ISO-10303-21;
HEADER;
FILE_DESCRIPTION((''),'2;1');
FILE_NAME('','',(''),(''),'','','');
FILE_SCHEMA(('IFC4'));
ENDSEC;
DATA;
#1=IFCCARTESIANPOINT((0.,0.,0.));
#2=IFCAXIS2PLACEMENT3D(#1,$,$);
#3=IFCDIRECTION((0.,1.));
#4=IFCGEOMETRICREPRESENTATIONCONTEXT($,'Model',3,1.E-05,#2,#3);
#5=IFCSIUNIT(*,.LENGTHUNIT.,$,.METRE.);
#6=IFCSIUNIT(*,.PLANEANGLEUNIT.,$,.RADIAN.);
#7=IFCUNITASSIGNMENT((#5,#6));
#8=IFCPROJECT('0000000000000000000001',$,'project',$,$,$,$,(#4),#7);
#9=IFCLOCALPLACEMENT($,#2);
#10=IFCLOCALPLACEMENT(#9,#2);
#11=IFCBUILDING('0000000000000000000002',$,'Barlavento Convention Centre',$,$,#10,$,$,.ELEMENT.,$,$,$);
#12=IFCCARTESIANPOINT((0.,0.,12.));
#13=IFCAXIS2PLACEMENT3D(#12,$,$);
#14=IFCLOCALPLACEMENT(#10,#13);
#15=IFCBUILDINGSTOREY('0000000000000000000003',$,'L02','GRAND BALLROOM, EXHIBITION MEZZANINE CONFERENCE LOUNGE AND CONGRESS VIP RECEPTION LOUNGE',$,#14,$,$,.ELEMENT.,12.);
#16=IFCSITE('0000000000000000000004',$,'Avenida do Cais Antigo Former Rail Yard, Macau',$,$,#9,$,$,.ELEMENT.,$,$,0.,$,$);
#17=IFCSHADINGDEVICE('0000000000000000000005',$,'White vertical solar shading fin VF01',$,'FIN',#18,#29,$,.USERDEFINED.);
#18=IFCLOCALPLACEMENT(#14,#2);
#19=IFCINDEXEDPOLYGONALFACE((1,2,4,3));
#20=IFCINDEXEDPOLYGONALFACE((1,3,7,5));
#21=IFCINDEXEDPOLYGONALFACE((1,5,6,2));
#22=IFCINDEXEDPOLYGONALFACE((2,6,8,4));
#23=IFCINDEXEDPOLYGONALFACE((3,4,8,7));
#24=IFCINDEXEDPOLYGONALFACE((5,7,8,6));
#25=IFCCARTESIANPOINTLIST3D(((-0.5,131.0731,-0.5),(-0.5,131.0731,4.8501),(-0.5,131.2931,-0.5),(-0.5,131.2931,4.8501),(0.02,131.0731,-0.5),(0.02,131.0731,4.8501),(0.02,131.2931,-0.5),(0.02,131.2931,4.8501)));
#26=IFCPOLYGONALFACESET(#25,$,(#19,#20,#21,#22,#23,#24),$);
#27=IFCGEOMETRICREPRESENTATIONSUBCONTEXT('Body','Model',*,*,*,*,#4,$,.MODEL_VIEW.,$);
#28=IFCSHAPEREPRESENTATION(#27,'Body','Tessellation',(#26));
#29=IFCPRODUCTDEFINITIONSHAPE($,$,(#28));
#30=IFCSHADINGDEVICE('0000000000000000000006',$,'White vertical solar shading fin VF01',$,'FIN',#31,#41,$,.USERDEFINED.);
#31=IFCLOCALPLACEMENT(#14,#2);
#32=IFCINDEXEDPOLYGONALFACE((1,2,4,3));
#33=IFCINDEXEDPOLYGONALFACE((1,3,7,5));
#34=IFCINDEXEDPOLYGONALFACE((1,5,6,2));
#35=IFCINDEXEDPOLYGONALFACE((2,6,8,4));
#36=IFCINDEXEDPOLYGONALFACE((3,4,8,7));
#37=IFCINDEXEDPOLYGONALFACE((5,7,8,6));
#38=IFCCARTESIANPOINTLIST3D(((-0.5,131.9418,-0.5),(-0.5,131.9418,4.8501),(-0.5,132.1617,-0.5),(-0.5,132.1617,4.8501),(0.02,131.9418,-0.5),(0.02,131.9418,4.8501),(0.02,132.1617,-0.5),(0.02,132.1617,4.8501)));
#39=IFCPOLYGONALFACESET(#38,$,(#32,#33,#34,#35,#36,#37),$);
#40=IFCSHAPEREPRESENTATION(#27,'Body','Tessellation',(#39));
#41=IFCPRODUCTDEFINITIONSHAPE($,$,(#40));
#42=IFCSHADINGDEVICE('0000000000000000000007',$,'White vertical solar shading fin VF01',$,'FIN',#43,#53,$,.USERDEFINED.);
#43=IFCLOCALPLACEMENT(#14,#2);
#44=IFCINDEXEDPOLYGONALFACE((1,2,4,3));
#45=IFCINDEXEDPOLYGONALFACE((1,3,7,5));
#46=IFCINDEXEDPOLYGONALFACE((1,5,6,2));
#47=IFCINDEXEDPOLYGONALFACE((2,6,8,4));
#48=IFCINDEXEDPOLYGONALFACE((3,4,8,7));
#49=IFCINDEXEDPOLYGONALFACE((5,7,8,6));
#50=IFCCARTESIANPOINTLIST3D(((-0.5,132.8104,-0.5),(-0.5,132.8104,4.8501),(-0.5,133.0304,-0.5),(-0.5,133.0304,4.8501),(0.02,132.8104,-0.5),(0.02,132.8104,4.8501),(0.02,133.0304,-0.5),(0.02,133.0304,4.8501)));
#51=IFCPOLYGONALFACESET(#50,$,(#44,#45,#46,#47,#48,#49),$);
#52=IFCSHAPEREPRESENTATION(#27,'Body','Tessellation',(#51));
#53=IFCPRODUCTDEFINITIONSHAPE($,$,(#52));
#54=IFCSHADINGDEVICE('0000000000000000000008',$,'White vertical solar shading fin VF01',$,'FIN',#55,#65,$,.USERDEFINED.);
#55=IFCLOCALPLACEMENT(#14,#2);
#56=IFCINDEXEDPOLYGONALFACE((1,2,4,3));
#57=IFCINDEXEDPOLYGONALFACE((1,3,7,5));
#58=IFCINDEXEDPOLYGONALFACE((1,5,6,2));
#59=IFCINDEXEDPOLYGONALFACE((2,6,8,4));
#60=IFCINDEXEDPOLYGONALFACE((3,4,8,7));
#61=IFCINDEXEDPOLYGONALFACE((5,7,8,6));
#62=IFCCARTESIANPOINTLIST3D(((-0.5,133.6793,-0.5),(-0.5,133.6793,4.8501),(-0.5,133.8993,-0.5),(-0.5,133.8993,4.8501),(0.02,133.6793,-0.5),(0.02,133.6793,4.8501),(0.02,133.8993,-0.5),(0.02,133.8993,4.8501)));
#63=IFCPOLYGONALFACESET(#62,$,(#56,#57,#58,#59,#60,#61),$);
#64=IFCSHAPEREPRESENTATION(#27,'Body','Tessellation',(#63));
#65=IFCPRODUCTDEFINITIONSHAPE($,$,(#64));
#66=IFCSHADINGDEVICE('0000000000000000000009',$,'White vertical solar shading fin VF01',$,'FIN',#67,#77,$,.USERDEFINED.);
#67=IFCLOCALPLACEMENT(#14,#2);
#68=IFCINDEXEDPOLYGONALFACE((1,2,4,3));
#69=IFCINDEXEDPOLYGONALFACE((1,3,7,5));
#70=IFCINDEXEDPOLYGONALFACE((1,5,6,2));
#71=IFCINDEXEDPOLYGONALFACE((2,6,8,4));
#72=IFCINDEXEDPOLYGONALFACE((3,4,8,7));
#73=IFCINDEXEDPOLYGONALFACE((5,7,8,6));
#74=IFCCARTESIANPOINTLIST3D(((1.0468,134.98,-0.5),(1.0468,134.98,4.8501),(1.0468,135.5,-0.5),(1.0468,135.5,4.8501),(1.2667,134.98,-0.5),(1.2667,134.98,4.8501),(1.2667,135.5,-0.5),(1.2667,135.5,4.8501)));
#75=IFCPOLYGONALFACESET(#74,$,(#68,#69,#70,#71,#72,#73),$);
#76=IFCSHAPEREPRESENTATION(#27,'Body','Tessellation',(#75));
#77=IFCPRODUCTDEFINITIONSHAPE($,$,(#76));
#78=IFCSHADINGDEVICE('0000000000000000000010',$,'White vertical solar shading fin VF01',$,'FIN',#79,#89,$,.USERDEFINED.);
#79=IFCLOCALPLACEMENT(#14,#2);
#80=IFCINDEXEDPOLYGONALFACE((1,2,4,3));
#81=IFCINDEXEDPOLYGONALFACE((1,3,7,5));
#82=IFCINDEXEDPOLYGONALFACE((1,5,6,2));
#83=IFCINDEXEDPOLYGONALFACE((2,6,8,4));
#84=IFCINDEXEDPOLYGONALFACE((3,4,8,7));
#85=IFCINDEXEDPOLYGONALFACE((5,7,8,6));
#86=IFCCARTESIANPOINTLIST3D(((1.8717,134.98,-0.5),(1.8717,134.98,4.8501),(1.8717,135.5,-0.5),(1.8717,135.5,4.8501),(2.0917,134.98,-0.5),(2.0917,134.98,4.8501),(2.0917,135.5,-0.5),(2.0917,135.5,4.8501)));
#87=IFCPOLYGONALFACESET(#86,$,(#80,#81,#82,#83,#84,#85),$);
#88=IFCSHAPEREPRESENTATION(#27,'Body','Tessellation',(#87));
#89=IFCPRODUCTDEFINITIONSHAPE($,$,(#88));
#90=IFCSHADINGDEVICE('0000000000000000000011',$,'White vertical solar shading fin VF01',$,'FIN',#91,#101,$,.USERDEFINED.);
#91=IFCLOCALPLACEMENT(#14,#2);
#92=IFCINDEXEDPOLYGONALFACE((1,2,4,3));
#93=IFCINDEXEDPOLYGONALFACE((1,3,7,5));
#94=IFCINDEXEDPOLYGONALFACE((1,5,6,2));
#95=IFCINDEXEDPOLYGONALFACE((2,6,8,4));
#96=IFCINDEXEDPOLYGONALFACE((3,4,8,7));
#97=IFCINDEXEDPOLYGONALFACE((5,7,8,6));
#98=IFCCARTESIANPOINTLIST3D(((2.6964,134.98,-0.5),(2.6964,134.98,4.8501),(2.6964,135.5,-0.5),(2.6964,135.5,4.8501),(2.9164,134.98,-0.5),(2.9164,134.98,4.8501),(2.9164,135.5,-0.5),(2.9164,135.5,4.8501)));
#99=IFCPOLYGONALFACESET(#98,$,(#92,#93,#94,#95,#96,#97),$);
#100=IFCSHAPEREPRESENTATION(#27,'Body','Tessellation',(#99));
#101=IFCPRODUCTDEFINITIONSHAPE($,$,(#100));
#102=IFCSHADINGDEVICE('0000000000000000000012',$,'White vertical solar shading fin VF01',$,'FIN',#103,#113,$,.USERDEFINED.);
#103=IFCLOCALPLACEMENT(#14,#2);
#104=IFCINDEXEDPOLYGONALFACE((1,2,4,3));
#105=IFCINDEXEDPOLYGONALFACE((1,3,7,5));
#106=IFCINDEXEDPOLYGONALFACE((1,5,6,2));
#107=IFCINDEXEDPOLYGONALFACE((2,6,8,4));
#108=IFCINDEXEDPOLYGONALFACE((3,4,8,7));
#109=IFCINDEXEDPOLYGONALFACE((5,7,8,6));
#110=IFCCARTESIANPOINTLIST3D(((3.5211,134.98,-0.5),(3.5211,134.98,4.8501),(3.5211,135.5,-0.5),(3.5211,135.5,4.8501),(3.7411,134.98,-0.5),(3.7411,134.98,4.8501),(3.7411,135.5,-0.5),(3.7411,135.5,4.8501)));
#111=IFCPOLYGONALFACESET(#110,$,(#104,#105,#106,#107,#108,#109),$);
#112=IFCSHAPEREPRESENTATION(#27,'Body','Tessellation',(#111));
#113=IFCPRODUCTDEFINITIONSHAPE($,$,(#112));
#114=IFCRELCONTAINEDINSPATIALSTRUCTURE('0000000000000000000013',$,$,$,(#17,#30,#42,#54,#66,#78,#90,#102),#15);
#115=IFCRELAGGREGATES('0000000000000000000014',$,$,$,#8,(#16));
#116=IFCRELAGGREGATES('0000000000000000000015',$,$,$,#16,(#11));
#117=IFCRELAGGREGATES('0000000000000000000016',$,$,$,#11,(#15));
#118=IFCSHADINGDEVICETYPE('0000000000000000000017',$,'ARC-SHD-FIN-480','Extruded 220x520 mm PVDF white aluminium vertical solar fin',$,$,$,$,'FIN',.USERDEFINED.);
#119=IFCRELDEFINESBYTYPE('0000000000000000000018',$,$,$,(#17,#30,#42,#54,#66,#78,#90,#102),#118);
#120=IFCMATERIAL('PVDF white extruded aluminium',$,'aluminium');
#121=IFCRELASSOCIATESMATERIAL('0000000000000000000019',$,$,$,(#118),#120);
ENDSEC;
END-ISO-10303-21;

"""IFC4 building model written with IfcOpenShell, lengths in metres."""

from ifc_helpers import new_model, si_unit, direction, frame, origin, origin_2d, place, context, subcontext, project, spatial, rectangle, extrude, material, type_object, element, save


model = new_model("IFC4")

# Units and contexts
model_context = context("Model", 3, precision=1e-05, world=origin(), true_north=direction((0.0, 1.0)))
body_context = subcontext(model_context, "Body", "Model", "MODEL_VIEW")
ifc_project = project(units=[si_unit("LENGTHUNIT", "METRE"), si_unit("PLANEANGLEUNIT", "RADIAN")], contexts=[model_context])

# Site, building, storey
site_placement = place(None, origin())
site = spatial("IfcSite", under=ifc_project, at=site_placement, Name="Avenida do Cais Antigo Former Rail Yard, Macau", CompositionType="ELEMENT", RefElevation=0.0)
building_placement = place(site_placement, origin())
building = spatial("IfcBuilding", under=site, at=building_placement, Name="Barlavento Convention Centre", CompositionType="ELEMENT")
storey_placement = place(building_placement, frame((0.0, 0.0, 12.0)))
storey = spatial("IfcBuildingStorey", under=building, at=storey_placement, Name="L02", Description="GRAND BALLROOM, EXHIBITION MEZZANINE CONFERENCE LOUNGE AND CONGRESS VIP RECEPTION LOUNGE", CompositionType="ELEMENT", Elevation=12.0)

# Shading devices
ifc_material_1 = material(Name="PVDF white extruded aluminium", Category="aluminium")
shading_device_type = type_object("IfcShadingDeviceType", Name="ARC-SHD-FIN-480", Description="Extruded 220x520 mm PVDF white aluminium vertical solar fin", ElementType="FIN", PredefinedType="USERDEFINED", material=ifc_material_1)
for number, where, z_axis, x_axis, name in (
    (1, (-0.24, 131.1831, -0.5), (0.0, 0.0, 1.0), (0.0, 1.0, 0.0), "White vertical solar shading fin VF01"),
    (2, (-0.24, 132.0518, -0.5), (0.0, 0.0, 1.0), (0.0, 1.0, 0.0), "White vertical solar shading fin VF01"),
    (3, (-0.24, 132.9204, -0.5), (0.0, 0.0, 1.0), (0.0, 1.0, 0.0), "White vertical solar shading fin VF01"),
    (4, (-0.24, 133.7893, -0.5), (0.0, 0.0, 1.0), (0.0, 1.0, 0.0), "White vertical solar shading fin VF01"),
    (5, (1.1567, 135.24, -0.5), (0.0, 0.0, 1.0), (1.0, 0.0, 0.0), "White vertical solar shading fin VF01"),
    (6, (1.9817, 135.24, -0.5), (0.0, 0.0, 1.0), (1.0, 0.0, 0.0), "White vertical solar shading fin VF01"),
    (7, (2.8064, 135.24, -0.5), (0.0, 0.0, 1.0), (1.0, 0.0, 0.0), "White vertical solar shading fin VF01"),
    (8, (3.6311, 135.24, -0.5), (0.0, 0.0, 1.0), (1.0, 0.0, 0.0), "White vertical solar shading fin VF01"),
):
    element("IfcShadingDevice", number, at=place(storey_placement, frame(where, z_axis=z_axis, x_axis=x_axis)), inside=storey, type_object=shading_device_type, Name=name, ObjectType="FIN", PredefinedType="USERDEFINED", context=body_context, shape_type="SweptSolid", body=[
        extrude(rectangle(XDim=0.22, YDim=0.52, at=origin_2d()), origin(), (0.0, 0.0, 1.0), 5.3501),
    ])

save(model, "model.ifc")
